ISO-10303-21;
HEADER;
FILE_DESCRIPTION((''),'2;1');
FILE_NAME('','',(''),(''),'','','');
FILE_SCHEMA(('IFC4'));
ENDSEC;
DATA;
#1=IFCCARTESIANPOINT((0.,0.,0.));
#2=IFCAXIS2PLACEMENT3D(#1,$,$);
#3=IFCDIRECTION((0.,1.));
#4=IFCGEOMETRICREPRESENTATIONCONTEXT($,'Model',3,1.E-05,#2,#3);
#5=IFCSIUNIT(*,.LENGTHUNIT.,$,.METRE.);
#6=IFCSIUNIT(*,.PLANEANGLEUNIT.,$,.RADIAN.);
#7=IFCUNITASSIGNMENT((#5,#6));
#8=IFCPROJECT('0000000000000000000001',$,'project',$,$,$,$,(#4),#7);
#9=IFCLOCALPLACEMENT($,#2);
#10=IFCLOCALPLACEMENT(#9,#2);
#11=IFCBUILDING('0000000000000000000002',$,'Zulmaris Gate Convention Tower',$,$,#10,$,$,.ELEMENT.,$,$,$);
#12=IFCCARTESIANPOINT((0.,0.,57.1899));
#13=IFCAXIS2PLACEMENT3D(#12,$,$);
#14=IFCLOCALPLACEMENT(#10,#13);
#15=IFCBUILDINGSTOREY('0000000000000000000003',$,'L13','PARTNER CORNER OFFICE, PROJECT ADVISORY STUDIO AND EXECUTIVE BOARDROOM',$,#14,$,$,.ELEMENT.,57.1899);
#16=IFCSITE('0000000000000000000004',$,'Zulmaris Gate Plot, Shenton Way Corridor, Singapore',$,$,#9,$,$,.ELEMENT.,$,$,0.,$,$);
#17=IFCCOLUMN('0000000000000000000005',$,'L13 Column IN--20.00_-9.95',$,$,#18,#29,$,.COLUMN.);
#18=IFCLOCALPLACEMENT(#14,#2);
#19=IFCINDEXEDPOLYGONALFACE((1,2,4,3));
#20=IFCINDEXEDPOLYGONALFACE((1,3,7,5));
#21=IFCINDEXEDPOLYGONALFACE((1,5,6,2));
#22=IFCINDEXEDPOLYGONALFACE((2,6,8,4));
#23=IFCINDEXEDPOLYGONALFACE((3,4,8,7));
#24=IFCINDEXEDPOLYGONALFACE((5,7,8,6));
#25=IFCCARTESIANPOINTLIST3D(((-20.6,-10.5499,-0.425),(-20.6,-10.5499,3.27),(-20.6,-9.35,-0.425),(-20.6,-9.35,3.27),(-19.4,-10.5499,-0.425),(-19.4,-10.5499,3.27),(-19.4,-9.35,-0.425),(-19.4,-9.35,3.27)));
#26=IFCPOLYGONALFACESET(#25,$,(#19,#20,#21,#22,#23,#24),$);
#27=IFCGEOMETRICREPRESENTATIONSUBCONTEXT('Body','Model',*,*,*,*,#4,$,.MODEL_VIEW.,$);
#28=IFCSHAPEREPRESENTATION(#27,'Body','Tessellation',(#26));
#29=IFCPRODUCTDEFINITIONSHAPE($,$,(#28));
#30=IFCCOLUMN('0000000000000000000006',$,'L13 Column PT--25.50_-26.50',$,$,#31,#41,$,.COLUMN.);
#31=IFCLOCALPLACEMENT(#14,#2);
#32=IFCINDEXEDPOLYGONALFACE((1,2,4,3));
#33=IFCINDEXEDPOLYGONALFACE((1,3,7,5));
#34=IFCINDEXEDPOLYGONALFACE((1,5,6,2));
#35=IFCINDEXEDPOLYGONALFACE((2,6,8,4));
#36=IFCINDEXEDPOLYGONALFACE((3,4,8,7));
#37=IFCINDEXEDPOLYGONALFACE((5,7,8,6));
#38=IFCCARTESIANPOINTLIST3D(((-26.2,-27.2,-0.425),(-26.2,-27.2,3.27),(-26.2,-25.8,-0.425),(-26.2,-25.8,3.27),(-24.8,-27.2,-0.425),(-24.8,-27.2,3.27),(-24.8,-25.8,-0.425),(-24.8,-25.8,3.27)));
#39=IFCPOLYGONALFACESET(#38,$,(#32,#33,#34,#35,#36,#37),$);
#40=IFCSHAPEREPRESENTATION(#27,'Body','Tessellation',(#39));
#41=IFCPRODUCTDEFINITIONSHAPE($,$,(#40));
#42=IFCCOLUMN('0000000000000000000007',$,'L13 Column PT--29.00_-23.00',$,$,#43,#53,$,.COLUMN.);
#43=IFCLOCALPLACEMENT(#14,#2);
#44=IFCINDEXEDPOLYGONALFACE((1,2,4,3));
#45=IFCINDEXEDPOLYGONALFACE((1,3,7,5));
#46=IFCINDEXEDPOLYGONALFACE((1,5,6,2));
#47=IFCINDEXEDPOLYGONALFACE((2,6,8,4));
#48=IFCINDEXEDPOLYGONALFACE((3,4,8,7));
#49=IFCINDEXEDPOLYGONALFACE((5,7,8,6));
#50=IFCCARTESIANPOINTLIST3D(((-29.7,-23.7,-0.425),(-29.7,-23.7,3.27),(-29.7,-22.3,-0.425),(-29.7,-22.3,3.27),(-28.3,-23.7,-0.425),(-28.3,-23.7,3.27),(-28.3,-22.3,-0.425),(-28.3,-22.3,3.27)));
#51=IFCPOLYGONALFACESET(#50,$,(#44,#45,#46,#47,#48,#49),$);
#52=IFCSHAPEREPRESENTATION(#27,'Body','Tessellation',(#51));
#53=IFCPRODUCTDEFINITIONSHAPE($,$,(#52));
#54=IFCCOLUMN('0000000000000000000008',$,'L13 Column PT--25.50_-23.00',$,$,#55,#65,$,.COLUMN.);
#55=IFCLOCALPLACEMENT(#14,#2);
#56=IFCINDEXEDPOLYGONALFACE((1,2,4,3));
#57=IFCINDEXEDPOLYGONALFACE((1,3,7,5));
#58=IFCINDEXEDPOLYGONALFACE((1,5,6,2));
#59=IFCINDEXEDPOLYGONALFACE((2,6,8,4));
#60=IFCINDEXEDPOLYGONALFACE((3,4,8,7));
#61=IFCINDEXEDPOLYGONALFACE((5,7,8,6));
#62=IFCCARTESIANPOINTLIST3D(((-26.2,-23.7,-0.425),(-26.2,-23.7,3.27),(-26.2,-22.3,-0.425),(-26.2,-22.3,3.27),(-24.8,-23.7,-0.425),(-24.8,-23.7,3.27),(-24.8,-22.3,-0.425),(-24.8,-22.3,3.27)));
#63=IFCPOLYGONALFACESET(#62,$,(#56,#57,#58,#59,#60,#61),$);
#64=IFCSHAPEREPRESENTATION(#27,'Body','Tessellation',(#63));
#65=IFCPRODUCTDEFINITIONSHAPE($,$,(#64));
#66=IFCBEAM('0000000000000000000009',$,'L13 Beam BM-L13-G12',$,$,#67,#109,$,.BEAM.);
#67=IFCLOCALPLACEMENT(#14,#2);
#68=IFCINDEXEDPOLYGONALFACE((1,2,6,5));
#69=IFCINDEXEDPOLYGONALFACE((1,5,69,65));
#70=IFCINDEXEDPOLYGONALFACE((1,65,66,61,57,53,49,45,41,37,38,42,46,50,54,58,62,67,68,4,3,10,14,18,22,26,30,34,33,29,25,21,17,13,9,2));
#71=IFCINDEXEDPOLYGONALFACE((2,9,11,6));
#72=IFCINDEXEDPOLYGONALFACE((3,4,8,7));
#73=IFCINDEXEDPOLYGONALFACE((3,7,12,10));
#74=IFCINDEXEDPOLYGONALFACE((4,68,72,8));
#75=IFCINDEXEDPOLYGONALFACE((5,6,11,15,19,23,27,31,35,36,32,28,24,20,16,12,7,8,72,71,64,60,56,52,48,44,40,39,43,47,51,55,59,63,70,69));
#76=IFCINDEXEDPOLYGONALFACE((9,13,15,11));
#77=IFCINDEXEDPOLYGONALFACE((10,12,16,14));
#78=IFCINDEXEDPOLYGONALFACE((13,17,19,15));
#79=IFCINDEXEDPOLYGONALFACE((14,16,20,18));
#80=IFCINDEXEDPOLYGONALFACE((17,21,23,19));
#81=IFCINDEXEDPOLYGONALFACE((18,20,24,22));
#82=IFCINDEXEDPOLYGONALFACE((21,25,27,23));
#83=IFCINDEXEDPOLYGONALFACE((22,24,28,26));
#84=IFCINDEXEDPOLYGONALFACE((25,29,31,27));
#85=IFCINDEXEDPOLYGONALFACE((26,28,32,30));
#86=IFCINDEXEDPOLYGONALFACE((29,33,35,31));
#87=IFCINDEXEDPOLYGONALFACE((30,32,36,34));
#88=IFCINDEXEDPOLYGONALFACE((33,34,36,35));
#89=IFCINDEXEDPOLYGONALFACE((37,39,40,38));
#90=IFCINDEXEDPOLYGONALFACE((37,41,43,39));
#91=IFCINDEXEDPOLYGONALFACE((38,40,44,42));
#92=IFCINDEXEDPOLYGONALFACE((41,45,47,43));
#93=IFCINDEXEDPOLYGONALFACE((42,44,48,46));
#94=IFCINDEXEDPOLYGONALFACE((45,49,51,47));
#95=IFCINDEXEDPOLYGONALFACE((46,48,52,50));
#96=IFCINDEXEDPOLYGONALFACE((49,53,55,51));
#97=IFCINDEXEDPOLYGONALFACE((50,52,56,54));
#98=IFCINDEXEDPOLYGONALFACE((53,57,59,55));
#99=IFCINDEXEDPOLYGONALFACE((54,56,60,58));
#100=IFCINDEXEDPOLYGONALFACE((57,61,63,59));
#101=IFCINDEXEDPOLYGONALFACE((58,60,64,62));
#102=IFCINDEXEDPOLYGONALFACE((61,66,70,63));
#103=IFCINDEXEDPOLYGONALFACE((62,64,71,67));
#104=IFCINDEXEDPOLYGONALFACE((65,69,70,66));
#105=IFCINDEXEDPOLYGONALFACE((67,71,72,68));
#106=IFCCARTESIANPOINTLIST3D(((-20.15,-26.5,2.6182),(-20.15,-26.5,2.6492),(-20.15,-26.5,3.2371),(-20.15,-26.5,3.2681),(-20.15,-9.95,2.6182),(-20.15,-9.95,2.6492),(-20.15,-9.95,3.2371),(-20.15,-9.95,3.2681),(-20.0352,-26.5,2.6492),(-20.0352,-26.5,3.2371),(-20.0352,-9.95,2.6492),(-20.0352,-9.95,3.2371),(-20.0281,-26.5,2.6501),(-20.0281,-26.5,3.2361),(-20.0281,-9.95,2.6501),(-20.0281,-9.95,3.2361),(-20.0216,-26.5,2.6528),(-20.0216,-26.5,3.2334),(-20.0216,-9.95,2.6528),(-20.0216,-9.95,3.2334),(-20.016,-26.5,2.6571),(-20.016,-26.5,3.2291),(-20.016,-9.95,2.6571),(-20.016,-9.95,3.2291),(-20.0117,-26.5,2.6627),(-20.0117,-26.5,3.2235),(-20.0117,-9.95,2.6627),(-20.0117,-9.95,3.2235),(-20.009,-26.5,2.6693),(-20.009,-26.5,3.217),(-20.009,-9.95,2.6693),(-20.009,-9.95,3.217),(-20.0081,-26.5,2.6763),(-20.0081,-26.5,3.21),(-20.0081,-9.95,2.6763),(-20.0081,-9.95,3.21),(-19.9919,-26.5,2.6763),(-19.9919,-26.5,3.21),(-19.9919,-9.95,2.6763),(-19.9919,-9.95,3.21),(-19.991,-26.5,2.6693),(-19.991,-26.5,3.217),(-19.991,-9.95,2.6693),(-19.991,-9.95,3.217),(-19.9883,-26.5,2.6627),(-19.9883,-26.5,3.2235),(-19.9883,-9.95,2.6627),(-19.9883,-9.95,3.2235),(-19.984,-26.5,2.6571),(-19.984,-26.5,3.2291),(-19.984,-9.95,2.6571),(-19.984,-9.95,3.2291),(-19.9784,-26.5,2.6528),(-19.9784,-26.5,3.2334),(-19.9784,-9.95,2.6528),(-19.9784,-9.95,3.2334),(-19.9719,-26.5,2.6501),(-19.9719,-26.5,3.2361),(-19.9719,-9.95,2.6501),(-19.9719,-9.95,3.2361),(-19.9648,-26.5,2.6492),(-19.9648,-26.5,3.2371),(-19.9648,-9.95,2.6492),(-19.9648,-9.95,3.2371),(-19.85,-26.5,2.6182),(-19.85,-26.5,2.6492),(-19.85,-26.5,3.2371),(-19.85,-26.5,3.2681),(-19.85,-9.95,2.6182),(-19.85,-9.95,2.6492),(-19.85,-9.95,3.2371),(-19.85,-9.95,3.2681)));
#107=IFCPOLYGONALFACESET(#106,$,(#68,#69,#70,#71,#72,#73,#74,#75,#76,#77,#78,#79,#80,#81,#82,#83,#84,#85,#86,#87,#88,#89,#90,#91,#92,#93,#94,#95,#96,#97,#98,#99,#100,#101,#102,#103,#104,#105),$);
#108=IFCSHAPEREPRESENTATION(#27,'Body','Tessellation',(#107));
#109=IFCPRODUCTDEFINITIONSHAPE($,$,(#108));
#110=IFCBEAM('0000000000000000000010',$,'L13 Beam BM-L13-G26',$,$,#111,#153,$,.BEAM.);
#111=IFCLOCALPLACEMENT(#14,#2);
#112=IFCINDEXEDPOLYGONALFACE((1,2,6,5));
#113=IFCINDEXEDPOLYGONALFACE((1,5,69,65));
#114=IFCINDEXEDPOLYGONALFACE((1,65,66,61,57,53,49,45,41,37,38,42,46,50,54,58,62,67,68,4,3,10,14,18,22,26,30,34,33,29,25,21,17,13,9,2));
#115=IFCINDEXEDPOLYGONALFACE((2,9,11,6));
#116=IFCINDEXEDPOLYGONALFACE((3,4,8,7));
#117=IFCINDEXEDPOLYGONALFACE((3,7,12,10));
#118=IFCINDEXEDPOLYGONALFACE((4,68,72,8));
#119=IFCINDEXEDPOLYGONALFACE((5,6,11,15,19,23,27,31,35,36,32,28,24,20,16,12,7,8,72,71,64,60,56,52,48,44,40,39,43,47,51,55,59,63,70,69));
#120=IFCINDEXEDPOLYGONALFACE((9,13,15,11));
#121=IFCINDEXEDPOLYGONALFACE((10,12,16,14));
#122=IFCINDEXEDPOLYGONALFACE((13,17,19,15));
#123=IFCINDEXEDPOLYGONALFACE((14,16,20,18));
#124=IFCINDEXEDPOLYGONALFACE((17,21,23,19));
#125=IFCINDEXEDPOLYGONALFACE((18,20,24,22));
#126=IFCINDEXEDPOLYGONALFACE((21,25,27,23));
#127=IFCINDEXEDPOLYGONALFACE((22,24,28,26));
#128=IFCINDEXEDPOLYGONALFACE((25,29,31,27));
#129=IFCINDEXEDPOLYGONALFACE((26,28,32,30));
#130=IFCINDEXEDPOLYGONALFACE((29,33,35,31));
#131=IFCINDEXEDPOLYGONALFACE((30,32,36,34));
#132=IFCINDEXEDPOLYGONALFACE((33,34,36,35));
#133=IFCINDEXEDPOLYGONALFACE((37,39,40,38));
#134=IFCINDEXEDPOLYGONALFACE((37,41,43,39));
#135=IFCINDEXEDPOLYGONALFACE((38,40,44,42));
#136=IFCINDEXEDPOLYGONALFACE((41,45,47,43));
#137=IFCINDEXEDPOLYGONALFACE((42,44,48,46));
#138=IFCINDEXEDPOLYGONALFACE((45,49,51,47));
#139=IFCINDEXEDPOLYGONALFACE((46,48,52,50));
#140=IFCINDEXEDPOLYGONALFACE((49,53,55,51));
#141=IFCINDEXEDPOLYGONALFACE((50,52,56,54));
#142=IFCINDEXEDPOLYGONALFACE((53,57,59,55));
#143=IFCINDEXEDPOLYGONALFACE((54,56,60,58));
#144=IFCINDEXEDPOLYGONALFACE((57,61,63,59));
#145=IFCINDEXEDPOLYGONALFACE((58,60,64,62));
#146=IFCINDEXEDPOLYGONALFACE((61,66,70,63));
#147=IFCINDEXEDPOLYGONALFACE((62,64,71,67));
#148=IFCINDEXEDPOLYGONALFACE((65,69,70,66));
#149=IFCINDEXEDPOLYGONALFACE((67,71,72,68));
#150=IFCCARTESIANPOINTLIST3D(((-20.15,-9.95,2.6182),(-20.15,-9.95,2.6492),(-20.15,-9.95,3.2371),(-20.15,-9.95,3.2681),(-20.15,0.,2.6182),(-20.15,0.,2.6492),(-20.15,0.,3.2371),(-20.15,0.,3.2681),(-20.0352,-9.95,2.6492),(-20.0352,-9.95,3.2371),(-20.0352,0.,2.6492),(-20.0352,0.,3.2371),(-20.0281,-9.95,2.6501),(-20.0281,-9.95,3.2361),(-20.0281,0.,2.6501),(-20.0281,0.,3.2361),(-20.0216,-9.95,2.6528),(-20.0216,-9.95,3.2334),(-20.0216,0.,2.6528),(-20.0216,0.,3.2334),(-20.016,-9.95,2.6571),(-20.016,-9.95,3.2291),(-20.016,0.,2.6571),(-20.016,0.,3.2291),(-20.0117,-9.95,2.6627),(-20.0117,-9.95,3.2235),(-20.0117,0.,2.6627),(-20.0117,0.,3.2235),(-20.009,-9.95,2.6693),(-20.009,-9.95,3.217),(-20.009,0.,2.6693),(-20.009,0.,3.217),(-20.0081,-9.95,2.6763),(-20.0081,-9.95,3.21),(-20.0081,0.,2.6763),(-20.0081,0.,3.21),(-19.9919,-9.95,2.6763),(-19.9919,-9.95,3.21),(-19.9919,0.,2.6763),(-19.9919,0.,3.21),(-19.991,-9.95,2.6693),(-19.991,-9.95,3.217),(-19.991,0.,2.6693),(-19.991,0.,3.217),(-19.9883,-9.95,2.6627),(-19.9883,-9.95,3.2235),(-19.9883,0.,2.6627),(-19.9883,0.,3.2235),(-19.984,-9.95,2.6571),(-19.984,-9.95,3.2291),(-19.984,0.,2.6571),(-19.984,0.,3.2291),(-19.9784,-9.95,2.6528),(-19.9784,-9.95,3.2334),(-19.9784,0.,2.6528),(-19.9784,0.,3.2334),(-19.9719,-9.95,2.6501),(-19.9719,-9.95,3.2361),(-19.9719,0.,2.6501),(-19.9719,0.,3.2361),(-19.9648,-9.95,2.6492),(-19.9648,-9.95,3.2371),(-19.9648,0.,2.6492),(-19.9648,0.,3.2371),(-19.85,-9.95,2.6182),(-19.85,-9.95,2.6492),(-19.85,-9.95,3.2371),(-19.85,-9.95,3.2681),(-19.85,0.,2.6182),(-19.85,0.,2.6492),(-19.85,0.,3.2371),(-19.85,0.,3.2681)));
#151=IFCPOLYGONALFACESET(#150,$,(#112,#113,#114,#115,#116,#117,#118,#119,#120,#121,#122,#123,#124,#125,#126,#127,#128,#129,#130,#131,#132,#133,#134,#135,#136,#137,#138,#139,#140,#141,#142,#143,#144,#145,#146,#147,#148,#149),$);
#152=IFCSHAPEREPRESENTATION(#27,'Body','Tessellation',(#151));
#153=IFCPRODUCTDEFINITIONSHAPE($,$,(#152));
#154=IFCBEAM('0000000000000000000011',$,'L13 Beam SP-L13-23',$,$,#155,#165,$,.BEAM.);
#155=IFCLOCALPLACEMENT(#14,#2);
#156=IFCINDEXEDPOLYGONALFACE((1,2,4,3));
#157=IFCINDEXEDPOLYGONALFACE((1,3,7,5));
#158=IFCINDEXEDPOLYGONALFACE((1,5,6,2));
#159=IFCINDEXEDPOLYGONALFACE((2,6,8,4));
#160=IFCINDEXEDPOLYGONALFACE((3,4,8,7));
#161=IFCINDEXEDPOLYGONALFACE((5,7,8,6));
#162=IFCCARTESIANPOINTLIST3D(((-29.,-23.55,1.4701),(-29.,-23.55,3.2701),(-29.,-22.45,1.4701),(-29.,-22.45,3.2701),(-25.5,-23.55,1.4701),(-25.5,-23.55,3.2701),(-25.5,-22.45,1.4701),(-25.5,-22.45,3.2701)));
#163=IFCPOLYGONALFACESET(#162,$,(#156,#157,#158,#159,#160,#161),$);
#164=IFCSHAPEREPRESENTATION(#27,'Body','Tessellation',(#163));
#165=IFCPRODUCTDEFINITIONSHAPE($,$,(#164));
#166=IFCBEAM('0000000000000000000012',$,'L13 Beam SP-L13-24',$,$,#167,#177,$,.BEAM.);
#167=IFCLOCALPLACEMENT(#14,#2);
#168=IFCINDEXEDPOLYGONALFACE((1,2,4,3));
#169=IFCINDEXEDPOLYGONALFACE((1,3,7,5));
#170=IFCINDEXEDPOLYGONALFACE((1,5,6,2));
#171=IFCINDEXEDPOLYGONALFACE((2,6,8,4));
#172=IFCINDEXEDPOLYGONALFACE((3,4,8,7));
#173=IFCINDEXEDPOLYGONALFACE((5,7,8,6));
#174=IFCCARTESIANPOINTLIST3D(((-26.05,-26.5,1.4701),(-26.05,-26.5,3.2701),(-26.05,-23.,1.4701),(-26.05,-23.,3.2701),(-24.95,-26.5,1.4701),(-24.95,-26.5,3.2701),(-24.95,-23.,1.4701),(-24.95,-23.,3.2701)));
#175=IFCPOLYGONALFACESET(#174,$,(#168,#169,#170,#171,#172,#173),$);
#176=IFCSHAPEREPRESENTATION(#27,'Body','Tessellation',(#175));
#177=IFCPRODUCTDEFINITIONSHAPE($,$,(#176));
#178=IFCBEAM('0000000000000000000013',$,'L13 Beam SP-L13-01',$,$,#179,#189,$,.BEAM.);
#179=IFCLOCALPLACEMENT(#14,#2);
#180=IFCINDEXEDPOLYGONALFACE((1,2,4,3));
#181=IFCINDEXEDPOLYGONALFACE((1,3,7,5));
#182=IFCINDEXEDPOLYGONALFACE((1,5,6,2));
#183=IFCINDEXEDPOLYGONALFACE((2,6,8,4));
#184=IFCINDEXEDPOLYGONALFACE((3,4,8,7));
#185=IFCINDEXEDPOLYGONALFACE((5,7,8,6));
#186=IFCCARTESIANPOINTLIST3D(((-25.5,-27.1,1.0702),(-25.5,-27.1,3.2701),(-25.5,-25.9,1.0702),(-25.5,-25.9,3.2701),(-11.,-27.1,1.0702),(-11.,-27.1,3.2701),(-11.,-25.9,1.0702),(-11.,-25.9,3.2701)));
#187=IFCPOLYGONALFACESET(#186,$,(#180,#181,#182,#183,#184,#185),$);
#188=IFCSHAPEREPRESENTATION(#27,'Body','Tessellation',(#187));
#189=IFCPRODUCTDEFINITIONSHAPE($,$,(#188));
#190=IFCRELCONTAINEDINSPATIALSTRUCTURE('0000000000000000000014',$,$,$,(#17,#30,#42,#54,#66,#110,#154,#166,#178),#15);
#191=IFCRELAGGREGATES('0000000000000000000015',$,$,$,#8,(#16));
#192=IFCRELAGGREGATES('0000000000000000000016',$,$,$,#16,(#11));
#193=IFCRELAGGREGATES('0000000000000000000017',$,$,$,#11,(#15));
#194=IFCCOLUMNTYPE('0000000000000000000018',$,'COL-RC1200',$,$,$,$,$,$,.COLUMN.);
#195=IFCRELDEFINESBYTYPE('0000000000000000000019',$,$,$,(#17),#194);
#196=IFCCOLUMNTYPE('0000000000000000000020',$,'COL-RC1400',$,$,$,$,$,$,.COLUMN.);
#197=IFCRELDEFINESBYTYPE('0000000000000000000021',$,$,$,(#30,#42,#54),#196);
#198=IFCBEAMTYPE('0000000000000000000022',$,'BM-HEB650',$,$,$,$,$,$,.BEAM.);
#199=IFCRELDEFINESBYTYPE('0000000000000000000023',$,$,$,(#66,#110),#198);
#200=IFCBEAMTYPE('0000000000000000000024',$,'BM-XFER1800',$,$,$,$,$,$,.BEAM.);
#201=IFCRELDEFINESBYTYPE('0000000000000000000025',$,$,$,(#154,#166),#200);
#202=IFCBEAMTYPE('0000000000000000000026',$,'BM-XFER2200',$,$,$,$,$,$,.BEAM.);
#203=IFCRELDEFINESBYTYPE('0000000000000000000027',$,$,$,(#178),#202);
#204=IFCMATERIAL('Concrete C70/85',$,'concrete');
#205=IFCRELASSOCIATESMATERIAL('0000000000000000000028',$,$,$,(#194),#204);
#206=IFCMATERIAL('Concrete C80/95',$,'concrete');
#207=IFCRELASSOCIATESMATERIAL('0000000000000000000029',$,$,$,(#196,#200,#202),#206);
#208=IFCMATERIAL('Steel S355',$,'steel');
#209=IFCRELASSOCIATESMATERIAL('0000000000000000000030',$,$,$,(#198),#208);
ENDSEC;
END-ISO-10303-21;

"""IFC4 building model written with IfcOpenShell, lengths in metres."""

from ifc_helpers import new_model, si_unit, direction, frame, origin, origin_2d, place, context, subcontext, project, spatial, rectangle, i_section, extrude, material, material_profile, profile_set, type_object, element, save


model = new_model("IFC4")

# Units and contexts
model_context = context("Model", 3, precision=1e-05, world=origin(), true_north=direction((0.0, 1.0)))
body_context = subcontext(model_context, "Body", "Model", "MODEL_VIEW")
ifc_project = project(units=[si_unit("LENGTHUNIT", "METRE"), si_unit("PLANEANGLEUNIT", "RADIAN")], contexts=[model_context])

# Site, building, storey
site_placement = place(None, origin())
site = spatial("IfcSite", under=ifc_project, at=site_placement, Name="Zulmaris Gate Plot, Shenton Way Corridor, Singapore", CompositionType="ELEMENT", RefElevation=0.0)
building_placement = place(site_placement, origin())
building = spatial("IfcBuilding", under=site, at=building_placement, Name="Zulmaris Gate Convention Tower", CompositionType="ELEMENT")
storey_placement = place(building_placement, frame((0.0, 0.0, 57.1899)))
storey = spatial("IfcBuildingStorey", under=building, at=storey_placement, Name="L13", Description="PARTNER CORNER OFFICE, PROJECT ADVISORY STUDIO AND EXECUTIVE BOARDROOM", CompositionType="ELEMENT", Elevation=57.1899)

# Columns
ifc_material_1 = material(Name="Concrete C70/85", Category="concrete")
ifc_material_profile_1 = material_profile(ifc_material_1, rectangle(XDim=1.2, YDim=1.2, at=origin_2d()), Name="RC COL 1200x1200")
ifc_profile_set_1 = profile_set([ifc_material_profile_1], Name="Concrete C70/85")
column_type_1 = type_object("IfcColumnType", Name="COL-RC1200", PredefinedType="COLUMN", material=ifc_profile_set_1)
column_placement = place(storey_placement, frame((-20.0, -9.95, -0.425), z_axis=(0.0, 0.0, 1.0), x_axis=(1.0, 0.0, 0.0)))
element("IfcColumn", 1, at=column_placement, inside=storey, type_object=column_type_1, Name="L13 Column IN--20.00_-9.95", PredefinedType="COLUMN", context=body_context, shape_type="SweptSolid", body=[
    extrude(rectangle(XDim=1.2, YDim=1.2, at=origin_2d()), origin(), (0.0, 0.0, 1.0), 3.6951),
])
ifc_material_2 = material(Name="Concrete C80/95", Category="concrete")
ifc_material_profile_2 = material_profile(ifc_material_2, rectangle(XDim=1.3999, YDim=1.3999, at=origin_2d()), Name="RC COL 1400x1400")
ifc_profile_set_2 = profile_set([ifc_material_profile_2], Name="Concrete C80/95")
column_type_2 = type_object("IfcColumnType", Name="COL-RC1400", PredefinedType="COLUMN", material=ifc_profile_set_2)
for number, where, z_axis, x_axis, name in (
    (2, (-25.5, -26.5, -0.425), (0.0, 0.0, 1.0), (1.0, 0.0, 0.0), "L13 Column PT--25.50_-26.50"),
    (3, (-29.0, -23.0, -0.425), (0.0, 0.0, 1.0), (1.0, 0.0, 0.0), "L13 Column PT--29.00_-23.00"),
    (4, (-25.5, -23.0, -0.425), (0.0, 0.0, 1.0), (1.0, 0.0, 0.0), "L13 Column PT--25.50_-23.00"),
):
    element("IfcColumn", number, at=place(storey_placement, frame(where, z_axis=z_axis, x_axis=x_axis)), inside=storey, type_object=column_type_2, Name=name, PredefinedType="COLUMN", context=body_context, shape_type="SweptSolid", body=[
        extrude(rectangle(XDim=1.3999, YDim=1.3999, at=origin_2d()), origin(), (0.0, 0.0, 1.0), 3.6951),
    ])

# Beams
ifc_material_3 = material(Name="Steel S355", Category="steel")
ifc_material_profile_3 = material_profile(ifc_material_3, i_section(OverallWidth=0.3, OverallDepth=0.6499, WebThickness=0.0161, FlangeThickness=0.031, FilletRadius=0.0271, at=origin_2d()), Name="HEB 650")
ifc_profile_set_3 = profile_set([ifc_material_profile_3], Name="Steel S355")
beam_type_1 = type_object("IfcBeamType", Name="BM-HEB650", PredefinedType="BEAM", material=ifc_profile_set_3)
beam_1_placement = place(storey_placement, frame((-20.0, -26.5, 2.9431), z_axis=(0.0, 1.0, 0.0), x_axis=(-1.0, 0.0, 0.0)))
element("IfcBeam", 5, at=beam_1_placement, inside=storey, type_object=beam_type_1, Name="L13 Beam BM-L13-G12", PredefinedType="BEAM", context=body_context, shape_type="SweptSolid", body=[
    extrude(i_section(OverallWidth=0.3, OverallDepth=0.6499, WebThickness=0.0161, FlangeThickness=0.031, FilletRadius=0.0271, at=origin_2d()), origin(), (0.0, 0.0, 1.0), 16.55),
])
beam_2_placement = place(storey_placement, frame((-20.0, -9.95, 2.9431), z_axis=(0.0, 1.0, 0.0), x_axis=(-1.0, 0.0, 0.0)))
element("IfcBeam", 6, at=beam_2_placement, inside=storey, type_object=beam_type_1, Name="L13 Beam BM-L13-G26", PredefinedType="BEAM", context=body_context, shape_type="SweptSolid", body=[
    extrude(i_section(OverallWidth=0.3, OverallDepth=0.6499, WebThickness=0.0161, FlangeThickness=0.031, FilletRadius=0.0271, at=origin_2d()), origin(), (0.0, 0.0, 1.0), 9.95),
])
ifc_material_profile_4 = material_profile(ifc_material_2, rectangle(XDim=1.1001, YDim=1.8, at=origin_2d()), Name="RC TRANSFER 1100x1800")
ifc_profile_set_4 = profile_set([ifc_material_profile_4], Name="Concrete C80/95")
beam_type_2 = type_object("IfcBeamType", Name="BM-XFER1800", PredefinedType="BEAM", material=ifc_profile_set_4)
for number, where, z_axis, x_axis, name in (
    (7, (-29.0, -23.0, 2.3701), (1.0, 0.0, 0.0), (0.0, 1.0, 0.0), "L13 Beam SP-L13-23"),
    (8, (-25.5, -23.0, 2.3701), (0.0, -1.0, 0.0), (1.0, 0.0, 0.0), "L13 Beam SP-L13-24"),
):
    element("IfcBeam", number, at=place(storey_placement, frame(where, z_axis=z_axis, x_axis=x_axis)), inside=storey, type_object=beam_type_2, Name=name, PredefinedType="BEAM", context=body_context, shape_type="SweptSolid", body=[
        extrude(rectangle(XDim=1.1001, YDim=1.8, at=origin_2d()), origin(), (0.0, 0.0, 1.0), 3.5),
    ])
ifc_material_profile_5 = material_profile(ifc_material_2, rectangle(XDim=1.2, YDim=2.2, at=origin_2d()), Name="RC TRANSFER 1200x2200")
ifc_profile_set_5 = profile_set([ifc_material_profile_5], Name="Concrete C80/95")
beam_type_3 = type_object("IfcBeamType", Name="BM-XFER2200", PredefinedType="BEAM", material=ifc_profile_set_5)
beam_3_placement = place(storey_placement, frame((-25.5, -26.5, 2.1702), z_axis=(1.0, 0.0, 0.0), x_axis=(0.0, 1.0, 0.0)))
element("IfcBeam", 9, at=beam_3_placement, inside=storey, type_object=beam_type_3, Name="L13 Beam SP-L13-01", PredefinedType="BEAM", context=body_context, shape_type="SweptSolid", body=[
    extrude(rectangle(XDim=1.2, YDim=2.2, at=origin_2d()), origin(), (0.0, 0.0, 1.0), 14.5),
])

save(model, "model.ifc")
